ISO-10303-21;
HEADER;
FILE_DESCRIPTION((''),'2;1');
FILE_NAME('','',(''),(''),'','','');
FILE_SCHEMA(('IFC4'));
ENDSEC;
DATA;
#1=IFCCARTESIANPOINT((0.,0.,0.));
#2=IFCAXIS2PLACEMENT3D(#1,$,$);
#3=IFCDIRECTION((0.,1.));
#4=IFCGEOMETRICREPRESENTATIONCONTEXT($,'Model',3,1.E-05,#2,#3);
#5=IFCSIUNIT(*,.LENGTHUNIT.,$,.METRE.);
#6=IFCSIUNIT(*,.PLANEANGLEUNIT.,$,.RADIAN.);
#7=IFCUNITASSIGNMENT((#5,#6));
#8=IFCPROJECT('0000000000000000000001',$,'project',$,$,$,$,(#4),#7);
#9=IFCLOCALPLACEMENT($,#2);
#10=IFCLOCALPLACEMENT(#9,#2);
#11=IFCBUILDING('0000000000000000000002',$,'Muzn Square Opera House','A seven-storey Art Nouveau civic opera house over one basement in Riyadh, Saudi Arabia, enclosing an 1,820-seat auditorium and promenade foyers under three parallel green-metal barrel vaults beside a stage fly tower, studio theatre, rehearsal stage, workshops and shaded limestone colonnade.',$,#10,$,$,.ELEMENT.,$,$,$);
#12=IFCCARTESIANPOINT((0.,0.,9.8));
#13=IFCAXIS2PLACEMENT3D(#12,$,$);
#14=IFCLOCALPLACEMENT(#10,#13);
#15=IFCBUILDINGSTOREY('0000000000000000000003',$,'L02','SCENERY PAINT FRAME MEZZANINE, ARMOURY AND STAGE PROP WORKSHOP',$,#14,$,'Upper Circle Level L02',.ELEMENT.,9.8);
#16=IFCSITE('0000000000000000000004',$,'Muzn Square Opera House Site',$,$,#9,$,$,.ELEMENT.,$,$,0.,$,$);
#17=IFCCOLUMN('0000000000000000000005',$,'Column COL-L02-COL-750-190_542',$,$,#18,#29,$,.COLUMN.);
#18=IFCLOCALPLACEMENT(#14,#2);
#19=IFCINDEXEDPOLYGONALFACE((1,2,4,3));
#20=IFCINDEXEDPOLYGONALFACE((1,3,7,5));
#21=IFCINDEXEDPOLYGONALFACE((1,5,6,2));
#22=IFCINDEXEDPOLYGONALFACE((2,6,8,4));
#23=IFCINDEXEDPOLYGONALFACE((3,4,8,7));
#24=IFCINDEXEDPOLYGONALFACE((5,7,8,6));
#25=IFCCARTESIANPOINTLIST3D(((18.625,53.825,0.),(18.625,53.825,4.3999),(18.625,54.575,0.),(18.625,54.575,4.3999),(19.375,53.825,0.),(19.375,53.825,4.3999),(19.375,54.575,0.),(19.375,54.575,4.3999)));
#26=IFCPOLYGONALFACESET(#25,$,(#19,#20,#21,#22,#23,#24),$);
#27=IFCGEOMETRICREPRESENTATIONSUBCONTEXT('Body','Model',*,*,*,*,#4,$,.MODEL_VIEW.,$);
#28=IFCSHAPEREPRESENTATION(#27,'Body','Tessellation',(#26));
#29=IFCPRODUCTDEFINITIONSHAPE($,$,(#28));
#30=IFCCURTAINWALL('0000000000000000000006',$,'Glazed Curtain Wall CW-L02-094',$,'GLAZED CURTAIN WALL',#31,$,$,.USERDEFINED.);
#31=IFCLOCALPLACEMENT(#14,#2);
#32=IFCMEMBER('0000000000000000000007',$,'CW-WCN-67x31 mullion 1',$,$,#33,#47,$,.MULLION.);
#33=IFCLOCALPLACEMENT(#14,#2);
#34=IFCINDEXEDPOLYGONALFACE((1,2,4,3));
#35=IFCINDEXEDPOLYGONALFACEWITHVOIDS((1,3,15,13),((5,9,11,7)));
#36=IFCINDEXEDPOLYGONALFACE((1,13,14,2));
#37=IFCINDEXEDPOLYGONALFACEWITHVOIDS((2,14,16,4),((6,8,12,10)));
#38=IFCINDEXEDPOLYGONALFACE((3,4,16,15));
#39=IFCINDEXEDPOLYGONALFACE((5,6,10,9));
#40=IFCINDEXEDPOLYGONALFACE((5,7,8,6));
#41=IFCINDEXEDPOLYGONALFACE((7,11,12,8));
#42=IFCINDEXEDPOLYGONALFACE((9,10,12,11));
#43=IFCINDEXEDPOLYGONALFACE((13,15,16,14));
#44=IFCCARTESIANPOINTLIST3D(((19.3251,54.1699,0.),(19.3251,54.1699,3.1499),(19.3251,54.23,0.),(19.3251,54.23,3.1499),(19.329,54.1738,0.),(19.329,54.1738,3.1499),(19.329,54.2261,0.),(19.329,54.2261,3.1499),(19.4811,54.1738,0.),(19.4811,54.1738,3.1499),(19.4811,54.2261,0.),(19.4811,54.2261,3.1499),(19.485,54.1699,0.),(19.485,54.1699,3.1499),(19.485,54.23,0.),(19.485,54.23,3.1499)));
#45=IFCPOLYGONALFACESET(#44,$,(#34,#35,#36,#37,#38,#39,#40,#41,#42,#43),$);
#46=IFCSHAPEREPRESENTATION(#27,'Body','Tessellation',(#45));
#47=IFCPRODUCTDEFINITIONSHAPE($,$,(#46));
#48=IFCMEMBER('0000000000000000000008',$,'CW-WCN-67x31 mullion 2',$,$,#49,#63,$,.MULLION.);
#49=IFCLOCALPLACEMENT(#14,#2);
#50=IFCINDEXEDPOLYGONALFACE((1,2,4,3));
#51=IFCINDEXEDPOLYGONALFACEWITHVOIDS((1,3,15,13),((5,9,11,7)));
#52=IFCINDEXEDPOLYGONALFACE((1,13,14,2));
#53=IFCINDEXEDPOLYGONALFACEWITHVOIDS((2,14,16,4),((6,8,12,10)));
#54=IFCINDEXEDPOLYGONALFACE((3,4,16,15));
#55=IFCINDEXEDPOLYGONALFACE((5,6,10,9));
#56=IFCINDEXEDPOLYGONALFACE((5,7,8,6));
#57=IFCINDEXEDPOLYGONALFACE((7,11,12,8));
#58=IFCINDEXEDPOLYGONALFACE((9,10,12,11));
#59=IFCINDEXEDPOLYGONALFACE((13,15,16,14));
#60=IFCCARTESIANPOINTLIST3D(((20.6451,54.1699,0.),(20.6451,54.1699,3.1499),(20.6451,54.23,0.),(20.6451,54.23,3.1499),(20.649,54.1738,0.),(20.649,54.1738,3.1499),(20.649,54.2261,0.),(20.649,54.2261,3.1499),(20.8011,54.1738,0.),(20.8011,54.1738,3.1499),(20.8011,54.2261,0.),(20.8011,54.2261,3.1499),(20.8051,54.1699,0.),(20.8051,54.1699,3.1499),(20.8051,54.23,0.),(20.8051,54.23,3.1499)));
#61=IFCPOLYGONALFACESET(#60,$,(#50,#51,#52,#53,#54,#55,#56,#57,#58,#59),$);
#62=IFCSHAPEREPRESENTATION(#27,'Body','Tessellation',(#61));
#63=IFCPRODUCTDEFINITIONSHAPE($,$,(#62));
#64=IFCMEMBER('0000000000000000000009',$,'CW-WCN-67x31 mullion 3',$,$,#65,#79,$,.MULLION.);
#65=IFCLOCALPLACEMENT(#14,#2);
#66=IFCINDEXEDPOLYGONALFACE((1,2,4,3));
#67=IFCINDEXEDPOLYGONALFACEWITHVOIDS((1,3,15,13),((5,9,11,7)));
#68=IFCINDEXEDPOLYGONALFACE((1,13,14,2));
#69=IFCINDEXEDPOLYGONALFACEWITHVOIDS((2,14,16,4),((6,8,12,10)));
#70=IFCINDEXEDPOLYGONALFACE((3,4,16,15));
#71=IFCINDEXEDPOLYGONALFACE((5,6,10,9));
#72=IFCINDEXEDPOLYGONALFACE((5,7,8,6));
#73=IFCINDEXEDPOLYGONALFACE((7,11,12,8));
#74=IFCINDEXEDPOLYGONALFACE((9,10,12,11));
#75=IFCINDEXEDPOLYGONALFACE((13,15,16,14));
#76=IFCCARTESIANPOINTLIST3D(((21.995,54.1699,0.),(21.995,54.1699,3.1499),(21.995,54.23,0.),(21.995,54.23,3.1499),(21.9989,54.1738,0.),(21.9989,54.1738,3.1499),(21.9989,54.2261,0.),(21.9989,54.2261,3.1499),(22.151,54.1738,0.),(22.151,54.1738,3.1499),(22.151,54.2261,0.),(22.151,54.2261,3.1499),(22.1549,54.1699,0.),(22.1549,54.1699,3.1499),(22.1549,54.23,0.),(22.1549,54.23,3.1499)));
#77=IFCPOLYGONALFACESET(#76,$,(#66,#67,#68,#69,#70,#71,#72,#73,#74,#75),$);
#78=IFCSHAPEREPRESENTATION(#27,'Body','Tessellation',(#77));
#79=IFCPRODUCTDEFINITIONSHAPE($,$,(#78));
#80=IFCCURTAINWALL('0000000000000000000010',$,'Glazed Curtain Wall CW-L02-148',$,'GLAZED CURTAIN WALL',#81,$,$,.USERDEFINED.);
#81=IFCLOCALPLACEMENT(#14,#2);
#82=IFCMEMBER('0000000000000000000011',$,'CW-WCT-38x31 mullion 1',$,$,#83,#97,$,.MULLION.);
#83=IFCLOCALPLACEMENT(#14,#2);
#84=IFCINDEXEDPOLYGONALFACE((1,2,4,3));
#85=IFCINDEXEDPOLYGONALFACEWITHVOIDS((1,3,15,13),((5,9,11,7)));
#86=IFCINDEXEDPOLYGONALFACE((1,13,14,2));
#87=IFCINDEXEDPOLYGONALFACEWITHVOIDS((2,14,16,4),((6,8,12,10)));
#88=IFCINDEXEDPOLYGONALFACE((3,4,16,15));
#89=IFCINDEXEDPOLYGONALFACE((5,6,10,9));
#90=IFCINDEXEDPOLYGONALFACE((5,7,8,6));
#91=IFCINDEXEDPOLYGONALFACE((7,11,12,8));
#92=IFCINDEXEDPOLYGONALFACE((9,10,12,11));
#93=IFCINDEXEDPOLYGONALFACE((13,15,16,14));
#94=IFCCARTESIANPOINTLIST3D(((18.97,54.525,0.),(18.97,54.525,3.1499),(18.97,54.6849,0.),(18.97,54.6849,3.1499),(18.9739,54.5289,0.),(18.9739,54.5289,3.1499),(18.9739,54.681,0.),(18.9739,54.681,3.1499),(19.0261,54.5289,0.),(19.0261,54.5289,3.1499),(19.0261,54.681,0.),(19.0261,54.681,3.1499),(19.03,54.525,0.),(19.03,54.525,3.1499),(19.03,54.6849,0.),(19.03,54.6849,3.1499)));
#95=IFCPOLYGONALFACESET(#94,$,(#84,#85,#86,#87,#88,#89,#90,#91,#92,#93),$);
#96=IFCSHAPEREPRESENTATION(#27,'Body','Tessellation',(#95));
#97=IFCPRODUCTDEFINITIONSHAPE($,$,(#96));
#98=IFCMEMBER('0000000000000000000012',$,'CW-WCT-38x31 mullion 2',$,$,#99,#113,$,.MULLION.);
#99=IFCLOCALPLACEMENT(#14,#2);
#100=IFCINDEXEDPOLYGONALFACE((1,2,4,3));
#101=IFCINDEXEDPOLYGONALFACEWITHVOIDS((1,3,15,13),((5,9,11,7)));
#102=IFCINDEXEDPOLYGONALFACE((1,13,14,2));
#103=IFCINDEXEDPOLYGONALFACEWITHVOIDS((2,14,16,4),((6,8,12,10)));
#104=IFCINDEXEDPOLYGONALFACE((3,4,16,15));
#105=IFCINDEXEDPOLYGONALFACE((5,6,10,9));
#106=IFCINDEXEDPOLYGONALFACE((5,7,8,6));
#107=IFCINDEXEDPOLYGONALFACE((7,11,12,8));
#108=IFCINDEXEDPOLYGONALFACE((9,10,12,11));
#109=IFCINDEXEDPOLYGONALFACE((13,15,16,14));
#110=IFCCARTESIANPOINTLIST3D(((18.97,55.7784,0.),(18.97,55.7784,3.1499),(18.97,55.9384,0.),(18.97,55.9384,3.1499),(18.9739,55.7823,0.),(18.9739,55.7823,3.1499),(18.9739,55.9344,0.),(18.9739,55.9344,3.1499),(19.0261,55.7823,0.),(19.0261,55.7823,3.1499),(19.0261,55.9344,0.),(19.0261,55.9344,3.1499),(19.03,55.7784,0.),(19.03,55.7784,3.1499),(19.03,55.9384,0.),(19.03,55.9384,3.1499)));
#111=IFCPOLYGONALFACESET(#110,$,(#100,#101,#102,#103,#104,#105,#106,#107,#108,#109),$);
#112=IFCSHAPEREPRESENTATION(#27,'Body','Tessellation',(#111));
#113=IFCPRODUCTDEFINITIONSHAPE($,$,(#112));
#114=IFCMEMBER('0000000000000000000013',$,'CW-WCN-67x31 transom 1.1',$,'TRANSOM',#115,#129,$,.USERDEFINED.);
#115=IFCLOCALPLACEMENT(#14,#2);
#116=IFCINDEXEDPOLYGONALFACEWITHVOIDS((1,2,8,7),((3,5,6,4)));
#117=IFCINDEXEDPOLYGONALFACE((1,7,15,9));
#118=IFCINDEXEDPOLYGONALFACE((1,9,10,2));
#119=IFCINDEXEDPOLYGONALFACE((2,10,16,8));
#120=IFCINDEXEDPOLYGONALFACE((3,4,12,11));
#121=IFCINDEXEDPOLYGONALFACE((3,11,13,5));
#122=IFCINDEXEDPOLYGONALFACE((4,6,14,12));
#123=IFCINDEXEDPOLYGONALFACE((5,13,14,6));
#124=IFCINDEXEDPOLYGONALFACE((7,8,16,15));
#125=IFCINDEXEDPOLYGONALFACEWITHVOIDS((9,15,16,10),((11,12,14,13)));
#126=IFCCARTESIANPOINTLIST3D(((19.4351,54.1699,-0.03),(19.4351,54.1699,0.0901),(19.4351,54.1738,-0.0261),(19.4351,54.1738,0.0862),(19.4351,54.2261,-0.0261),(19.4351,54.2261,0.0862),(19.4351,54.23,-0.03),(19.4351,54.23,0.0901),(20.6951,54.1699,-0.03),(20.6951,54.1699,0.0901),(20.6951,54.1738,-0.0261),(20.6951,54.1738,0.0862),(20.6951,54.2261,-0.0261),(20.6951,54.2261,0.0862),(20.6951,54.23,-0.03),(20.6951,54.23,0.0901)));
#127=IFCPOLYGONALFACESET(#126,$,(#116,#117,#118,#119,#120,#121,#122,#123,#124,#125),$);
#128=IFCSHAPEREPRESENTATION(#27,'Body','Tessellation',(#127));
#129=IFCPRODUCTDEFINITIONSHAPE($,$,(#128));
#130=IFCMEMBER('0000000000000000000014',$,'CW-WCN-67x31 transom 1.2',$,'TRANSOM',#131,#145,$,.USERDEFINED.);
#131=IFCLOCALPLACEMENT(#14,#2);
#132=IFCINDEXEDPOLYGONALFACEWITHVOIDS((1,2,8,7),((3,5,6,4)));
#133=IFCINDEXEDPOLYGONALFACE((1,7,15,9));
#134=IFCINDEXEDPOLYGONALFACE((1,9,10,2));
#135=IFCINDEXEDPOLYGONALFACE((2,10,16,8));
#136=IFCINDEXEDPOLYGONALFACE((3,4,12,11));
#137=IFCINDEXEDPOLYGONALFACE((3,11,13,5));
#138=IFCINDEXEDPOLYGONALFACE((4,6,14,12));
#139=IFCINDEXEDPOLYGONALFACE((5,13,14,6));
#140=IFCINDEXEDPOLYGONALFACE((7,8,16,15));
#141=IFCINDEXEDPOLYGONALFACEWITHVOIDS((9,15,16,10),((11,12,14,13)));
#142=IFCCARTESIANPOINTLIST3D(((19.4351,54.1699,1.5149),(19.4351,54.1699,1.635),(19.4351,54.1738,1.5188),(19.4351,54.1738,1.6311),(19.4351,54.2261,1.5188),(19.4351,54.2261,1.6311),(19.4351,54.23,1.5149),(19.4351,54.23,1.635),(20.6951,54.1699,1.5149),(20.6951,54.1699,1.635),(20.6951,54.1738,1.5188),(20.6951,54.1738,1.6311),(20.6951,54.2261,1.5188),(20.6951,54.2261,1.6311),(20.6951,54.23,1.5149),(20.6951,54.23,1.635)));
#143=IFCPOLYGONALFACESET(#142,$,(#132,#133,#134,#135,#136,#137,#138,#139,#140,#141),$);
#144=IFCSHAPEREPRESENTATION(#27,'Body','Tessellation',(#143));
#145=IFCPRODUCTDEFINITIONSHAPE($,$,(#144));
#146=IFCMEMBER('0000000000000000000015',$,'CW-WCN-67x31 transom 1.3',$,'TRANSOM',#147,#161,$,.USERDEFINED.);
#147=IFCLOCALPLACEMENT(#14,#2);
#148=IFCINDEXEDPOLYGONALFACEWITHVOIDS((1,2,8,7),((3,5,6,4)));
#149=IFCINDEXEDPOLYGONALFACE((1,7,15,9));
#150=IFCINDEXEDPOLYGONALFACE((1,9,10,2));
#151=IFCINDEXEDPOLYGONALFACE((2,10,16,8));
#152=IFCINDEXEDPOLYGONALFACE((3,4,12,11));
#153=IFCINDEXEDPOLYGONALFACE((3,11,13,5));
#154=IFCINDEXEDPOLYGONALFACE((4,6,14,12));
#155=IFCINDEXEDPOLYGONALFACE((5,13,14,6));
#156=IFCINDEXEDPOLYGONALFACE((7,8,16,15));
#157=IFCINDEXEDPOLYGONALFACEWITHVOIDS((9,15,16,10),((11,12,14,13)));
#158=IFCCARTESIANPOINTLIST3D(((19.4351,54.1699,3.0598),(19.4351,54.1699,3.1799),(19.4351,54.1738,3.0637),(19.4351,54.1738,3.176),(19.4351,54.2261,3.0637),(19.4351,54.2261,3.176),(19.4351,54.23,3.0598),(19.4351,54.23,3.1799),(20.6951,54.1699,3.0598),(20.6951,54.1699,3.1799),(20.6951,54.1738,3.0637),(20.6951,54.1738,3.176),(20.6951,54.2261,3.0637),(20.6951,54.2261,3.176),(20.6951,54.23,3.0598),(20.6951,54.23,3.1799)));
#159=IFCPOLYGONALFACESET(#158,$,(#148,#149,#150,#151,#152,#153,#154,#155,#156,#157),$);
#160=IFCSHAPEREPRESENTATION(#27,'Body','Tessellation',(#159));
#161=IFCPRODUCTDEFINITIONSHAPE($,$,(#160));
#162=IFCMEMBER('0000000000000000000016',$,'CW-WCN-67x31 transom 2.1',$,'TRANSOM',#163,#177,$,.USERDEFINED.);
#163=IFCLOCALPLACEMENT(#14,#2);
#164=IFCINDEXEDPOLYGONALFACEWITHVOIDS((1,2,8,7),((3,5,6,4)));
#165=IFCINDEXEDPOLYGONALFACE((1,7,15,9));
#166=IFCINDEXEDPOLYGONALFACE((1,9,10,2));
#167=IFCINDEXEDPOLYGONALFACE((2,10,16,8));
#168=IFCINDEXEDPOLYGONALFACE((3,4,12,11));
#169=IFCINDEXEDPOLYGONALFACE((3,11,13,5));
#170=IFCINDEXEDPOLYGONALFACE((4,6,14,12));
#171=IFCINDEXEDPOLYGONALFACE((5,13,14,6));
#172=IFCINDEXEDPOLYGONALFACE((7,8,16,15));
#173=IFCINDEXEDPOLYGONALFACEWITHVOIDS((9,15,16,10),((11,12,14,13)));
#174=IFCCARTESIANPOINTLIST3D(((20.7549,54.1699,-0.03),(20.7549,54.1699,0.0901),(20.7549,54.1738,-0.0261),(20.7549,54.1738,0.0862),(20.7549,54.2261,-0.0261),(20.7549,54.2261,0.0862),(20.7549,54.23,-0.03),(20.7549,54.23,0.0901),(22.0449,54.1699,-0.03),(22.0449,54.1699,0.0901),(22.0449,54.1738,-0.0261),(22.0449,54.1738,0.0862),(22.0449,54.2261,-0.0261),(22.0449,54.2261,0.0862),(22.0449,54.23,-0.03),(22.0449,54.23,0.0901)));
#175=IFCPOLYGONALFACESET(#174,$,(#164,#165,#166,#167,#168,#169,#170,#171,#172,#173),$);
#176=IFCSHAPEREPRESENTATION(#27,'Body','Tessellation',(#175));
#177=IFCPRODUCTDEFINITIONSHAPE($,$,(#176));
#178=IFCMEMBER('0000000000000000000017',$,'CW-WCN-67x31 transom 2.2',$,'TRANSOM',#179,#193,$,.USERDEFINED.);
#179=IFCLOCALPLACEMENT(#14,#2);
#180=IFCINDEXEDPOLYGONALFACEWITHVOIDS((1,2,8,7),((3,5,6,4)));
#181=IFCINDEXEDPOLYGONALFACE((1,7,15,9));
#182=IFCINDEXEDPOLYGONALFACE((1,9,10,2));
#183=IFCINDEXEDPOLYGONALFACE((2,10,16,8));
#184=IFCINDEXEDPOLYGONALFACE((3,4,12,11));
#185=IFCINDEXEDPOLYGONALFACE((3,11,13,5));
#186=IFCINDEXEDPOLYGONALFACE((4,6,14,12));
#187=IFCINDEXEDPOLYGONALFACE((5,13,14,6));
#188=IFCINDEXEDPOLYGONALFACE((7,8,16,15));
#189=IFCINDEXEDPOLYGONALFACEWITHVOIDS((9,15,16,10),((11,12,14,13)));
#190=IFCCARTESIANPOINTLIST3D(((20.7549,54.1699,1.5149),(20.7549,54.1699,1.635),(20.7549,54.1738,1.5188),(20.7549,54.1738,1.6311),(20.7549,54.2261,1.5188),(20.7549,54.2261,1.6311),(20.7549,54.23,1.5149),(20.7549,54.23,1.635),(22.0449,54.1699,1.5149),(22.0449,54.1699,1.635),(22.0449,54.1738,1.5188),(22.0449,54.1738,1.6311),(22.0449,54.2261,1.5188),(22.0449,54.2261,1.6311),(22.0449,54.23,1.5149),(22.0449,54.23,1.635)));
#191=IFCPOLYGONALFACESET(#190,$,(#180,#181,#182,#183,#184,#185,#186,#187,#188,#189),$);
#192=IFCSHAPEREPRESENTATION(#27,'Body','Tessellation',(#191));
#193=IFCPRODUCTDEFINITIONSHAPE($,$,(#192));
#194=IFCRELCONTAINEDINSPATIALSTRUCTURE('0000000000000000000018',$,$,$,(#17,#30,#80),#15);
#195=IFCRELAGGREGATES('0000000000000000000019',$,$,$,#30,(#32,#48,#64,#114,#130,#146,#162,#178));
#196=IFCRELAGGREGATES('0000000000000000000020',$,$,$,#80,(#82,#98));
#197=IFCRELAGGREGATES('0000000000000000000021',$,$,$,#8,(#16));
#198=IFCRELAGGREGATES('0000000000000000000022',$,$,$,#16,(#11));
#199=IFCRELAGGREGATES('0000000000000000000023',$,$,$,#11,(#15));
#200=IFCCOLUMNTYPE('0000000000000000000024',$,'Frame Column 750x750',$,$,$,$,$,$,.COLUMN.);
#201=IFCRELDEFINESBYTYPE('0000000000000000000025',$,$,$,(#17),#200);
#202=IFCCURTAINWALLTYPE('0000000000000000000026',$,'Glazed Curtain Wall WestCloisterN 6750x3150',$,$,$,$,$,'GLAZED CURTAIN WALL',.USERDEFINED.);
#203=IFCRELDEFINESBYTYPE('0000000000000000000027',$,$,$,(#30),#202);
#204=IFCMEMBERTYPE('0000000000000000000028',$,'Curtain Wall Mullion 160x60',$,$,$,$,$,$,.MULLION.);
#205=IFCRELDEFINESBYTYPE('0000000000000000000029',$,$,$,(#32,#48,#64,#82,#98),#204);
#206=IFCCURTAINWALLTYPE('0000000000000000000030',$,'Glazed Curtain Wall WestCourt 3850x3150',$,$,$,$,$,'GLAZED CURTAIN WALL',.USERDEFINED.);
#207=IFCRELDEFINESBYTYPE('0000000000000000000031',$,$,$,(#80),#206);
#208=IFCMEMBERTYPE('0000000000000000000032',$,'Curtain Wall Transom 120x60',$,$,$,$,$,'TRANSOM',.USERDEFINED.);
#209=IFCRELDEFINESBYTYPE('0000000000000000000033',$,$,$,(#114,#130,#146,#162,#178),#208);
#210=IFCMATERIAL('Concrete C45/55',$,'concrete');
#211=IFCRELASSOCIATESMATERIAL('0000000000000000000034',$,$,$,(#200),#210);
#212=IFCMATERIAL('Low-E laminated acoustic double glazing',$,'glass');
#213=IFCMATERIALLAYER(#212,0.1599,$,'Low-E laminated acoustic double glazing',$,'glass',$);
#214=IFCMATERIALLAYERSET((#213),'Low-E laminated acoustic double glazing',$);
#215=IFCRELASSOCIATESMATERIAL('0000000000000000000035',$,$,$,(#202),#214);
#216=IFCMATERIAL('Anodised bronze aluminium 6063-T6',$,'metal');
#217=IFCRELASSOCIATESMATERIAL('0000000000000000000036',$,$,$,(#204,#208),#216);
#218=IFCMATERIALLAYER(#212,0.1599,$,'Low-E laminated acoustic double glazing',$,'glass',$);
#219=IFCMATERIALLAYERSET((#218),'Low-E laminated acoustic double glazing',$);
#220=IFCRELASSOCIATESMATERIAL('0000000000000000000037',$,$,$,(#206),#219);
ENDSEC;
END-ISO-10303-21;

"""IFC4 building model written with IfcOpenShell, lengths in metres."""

from ifc_helpers import new_model, si_unit, direction, frame, origin, origin_2d, place, context, subcontext, project, spatial, rectangle, hollow_rectangle, extrude, material, layer, layer_set, material_profile, profile_set, type_object, element, aggregate, save


model = new_model("IFC4")

# Units and contexts
model_context = context("Model", 3, precision=1e-05, world=origin(), true_north=direction((0.0, 1.0)))
body_context = subcontext(model_context, "Body", "Model", "MODEL_VIEW")
ifc_project = project(units=[si_unit("LENGTHUNIT", "METRE"), si_unit("PLANEANGLEUNIT", "RADIAN")], contexts=[model_context])

# Site, building, storey
site_placement = place(None, origin())
site = spatial("IfcSite", under=ifc_project, at=site_placement, Name="Muzn Square Opera House Site", CompositionType="ELEMENT", RefElevation=0.0)
building_placement = place(site_placement, origin())
building = spatial("IfcBuilding", under=site, at=building_placement, Name="Muzn Square Opera House", Description="A seven-storey Art Nouveau civic opera house over one basement in Riyadh, Saudi Arabia, enclosing an 1,820-seat auditorium and promenade foyers under three parallel green-metal barrel vaults beside a stage fly tower, studio theatre, rehearsal stage, workshops and shaded limestone colonnade.", CompositionType="ELEMENT")
storey_placement = place(building_placement, frame((0.0, 0.0, 9.8)))
storey = spatial("IfcBuildingStorey", under=building, at=storey_placement, Name="L02", Description="SCENERY PAINT FRAME MEZZANINE, ARMOURY AND STAGE PROP WORKSHOP", LongName="Upper Circle Level L02", CompositionType="ELEMENT", Elevation=9.8)

# Column
ifc_material_1 = material(Name="Concrete C45/55", Category="concrete")
ifc_material_profile_1 = material_profile(ifc_material_1, rectangle(XDim=0.75, YDim=0.75, at=origin_2d()), Name="RC 750x750", Category="concrete")
ifc_profile_set_1 = profile_set([ifc_material_profile_1], Name="Concrete C45/55")
column_type = type_object("IfcColumnType", Name="Frame Column 750x750", PredefinedType="COLUMN", material=ifc_profile_set_1)
column_placement = place(storey_placement, frame((19.0, 54.2, 0.0), z_axis=(0.0, 0.0, 1.0), x_axis=(1.0, 0.0, 0.0)))
element("IfcColumn", 1, at=column_placement, inside=storey, type_object=column_type, Name="Column COL-L02-COL-750-190_542", PredefinedType="COLUMN", context=body_context, shape_type="SweptSolid", body=[
    extrude(rectangle(XDim=0.75, YDim=0.75, at=origin_2d()), origin(), (0.0, 0.0, 1.0), 4.3999),
])

# Curtain walls, members
ifc_material_2 = material(Name="Low-E laminated acoustic double glazing", Category="glass")
ifc_layer_1 = layer(ifc_material_2, 0.1599, Name="Low-E laminated acoustic double glazing", Category="glass")
ifc_layer_set_1 = layer_set([ifc_layer_1], Name="Low-E laminated acoustic double glazing")
curtain_wall_type_1 = type_object("IfcCurtainWallType", Name="Glazed Curtain Wall WestCloisterN 6750x3150", ElementType="GLAZED CURTAIN WALL", PredefinedType="USERDEFINED", material=ifc_layer_set_1)
curtain_wall_1_placement = place(storey_placement, origin())
curtain_wall_1 = element("IfcCurtainWall", 2, at=curtain_wall_1_placement, inside=storey, type_object=curtain_wall_type_1, Name="Glazed Curtain Wall CW-L02-094", ObjectType="GLAZED CURTAIN WALL", PredefinedType="USERDEFINED")
ifc_material_3 = material(Name="Anodised bronze aluminium 6063-T6", Category="metal")
ifc_material_profile_2 = material_profile(ifc_material_3, hollow_rectangle(XDim=0.0601, YDim=0.1599, WallThickness=0.0039, at=origin_2d()), Name="ALU 160x60x4", Category="metal")
ifc_profile_set_2 = profile_set([ifc_material_profile_2], Name="Anodised bronze aluminium 6063-T6")
member_type_1 = type_object("IfcMemberType", Name="Curtain Wall Mullion 160x60", PredefinedType="MULLION", material=ifc_profile_set_2)
member_1_placement = place(storey_placement, frame((19.405, 54.2, 0.0), z_axis=(0.0, 0.0, 1.0), x_axis=(0.0, 1.0, 0.0)))
member_1 = element("IfcMember", 3, at=member_1_placement, type_object=member_type_1, Name="CW-WCN-67x31 mullion 1", PredefinedType="MULLION", context=body_context, shape_type="SweptSolid", body=[
    extrude(hollow_rectangle(XDim=0.0601, YDim=0.1599, WallThickness=0.0039, at=origin_2d()), origin(), (0.0, 0.0, 1.0), 3.1499),
])
member_2_placement = place(storey_placement, frame((20.7251, 54.2, 0.0), z_axis=(0.0, 0.0, 1.0), x_axis=(0.0, 1.0, 0.0)))
member_2 = element("IfcMember", 4, at=member_2_placement, type_object=member_type_1, Name="CW-WCN-67x31 mullion 2", PredefinedType="MULLION", context=body_context, shape_type="SweptSolid", body=[
    extrude(hollow_rectangle(XDim=0.0601, YDim=0.1599, WallThickness=0.0039, at=origin_2d()), origin(), (0.0, 0.0, 1.0), 3.1499),
])
member_3_placement = place(storey_placement, frame((22.075, 54.2, 0.0), z_axis=(0.0, 0.0, 1.0), x_axis=(0.0, 1.0, 0.0)))
member_3 = element("IfcMember", 5, at=member_3_placement, type_object=member_type_1, Name="CW-WCN-67x31 mullion 3", PredefinedType="MULLION", context=body_context, shape_type="SweptSolid", body=[
    extrude(hollow_rectangle(XDim=0.0601, YDim=0.1599, WallThickness=0.0039, at=origin_2d()), origin(), (0.0, 0.0, 1.0), 3.1499),
])
ifc_layer_2 = layer(ifc_material_2, 0.1599, Name="Low-E laminated acoustic double glazing", Category="glass")
ifc_layer_set_2 = layer_set([ifc_layer_2], Name="Low-E laminated acoustic double glazing")
curtain_wall_type_2 = type_object("IfcCurtainWallType", Name="Glazed Curtain Wall WestCourt 3850x3150", ElementType="GLAZED CURTAIN WALL", PredefinedType="USERDEFINED", material=ifc_layer_set_2)
curtain_wall_2_placement = place(storey_placement, origin())
curtain_wall_2 = element("IfcCurtainWall", 6, at=curtain_wall_2_placement, inside=storey, type_object=curtain_wall_type_2, Name="Glazed Curtain Wall CW-L02-148", ObjectType="GLAZED CURTAIN WALL", PredefinedType="USERDEFINED")
member_4_placement = place(storey_placement, frame((19.0, 54.605, 0.0), z_axis=(0.0, 0.0, 1.0), x_axis=(-1.0, 0.0, 0.0)))
member_4 = element("IfcMember", 7, at=member_4_placement, type_object=member_type_1, Name="CW-WCT-38x31 mullion 1", PredefinedType="MULLION", context=body_context, shape_type="SweptSolid", body=[
    extrude(hollow_rectangle(XDim=0.0601, YDim=0.1599, WallThickness=0.0039, at=origin_2d()), origin(), (0.0, 0.0, 1.0), 3.1499),
])
member_5_placement = place(storey_placement, frame((19.0, 55.8584, 0.0), z_axis=(0.0, 0.0, 1.0), x_axis=(-1.0, 0.0, 0.0)))
member_5 = element("IfcMember", 8, at=member_5_placement, type_object=member_type_1, Name="CW-WCT-38x31 mullion 2", PredefinedType="MULLION", context=body_context, shape_type="SweptSolid", body=[
    extrude(hollow_rectangle(XDim=0.0601, YDim=0.1599, WallThickness=0.0039, at=origin_2d()), origin(), (0.0, 0.0, 1.0), 3.1499),
])

# Members
ifc_material_profile_3 = material_profile(ifc_material_3, hollow_rectangle(XDim=0.0601, YDim=0.1201, WallThickness=0.0039, at=origin_2d()), Name="ALU 120x60x4", Category="metal")
ifc_profile_set_3 = profile_set([ifc_material_profile_3], Name="Anodised bronze aluminium 6063-T6")
member_type_2 = type_object("IfcMemberType", Name="Curtain Wall Transom 120x60", ElementType="TRANSOM", PredefinedType="USERDEFINED", material=ifc_profile_set_3)
member_6_placement = place(storey_placement, frame((19.4351, 54.2, 0.03), z_axis=(1.0, 0.0, 0.0), x_axis=(0.0, 1.0, 0.0)))
member_6 = element("IfcMember", 9, at=member_6_placement, type_object=member_type_2, Name="CW-WCN-67x31 transom 1.1", ObjectType="TRANSOM", PredefinedType="USERDEFINED", context=body_context, shape_type="SweptSolid", body=[
    extrude(hollow_rectangle(XDim=0.0601, YDim=0.1201, WallThickness=0.0039, at=origin_2d()), origin(), (0.0, 0.0, 1.0), 1.26),
])
member_7_placement = place(storey_placement, frame((19.4351, 54.2, 1.575), z_axis=(1.0, 0.0, 0.0), x_axis=(0.0, 1.0, 0.0)))
member_7 = element("IfcMember", 10, at=member_7_placement, type_object=member_type_2, Name="CW-WCN-67x31 transom 1.2", ObjectType="TRANSOM", PredefinedType="USERDEFINED", context=body_context, shape_type="SweptSolid", body=[
    extrude(hollow_rectangle(XDim=0.0601, YDim=0.1201, WallThickness=0.0039, at=origin_2d()), origin(), (0.0, 0.0, 1.0), 1.26),
])
member_8_placement = place(storey_placement, frame((19.4351, 54.2, 3.1199), z_axis=(1.0, 0.0, 0.0), x_axis=(0.0, 1.0, 0.0)))
member_8 = element("IfcMember", 11, at=member_8_placement, type_object=member_type_2, Name="CW-WCN-67x31 transom 1.3", ObjectType="TRANSOM", PredefinedType="USERDEFINED", context=body_context, shape_type="SweptSolid", body=[
    extrude(hollow_rectangle(XDim=0.0601, YDim=0.1201, WallThickness=0.0039, at=origin_2d()), origin(), (0.0, 0.0, 1.0), 1.26),
])
member_9_placement = place(storey_placement, frame((20.7549, 54.2, 0.03), z_axis=(1.0, 0.0, 0.0), x_axis=(0.0, 1.0, 0.0)))
member_9 = element("IfcMember", 12, at=member_9_placement, type_object=member_type_2, Name="CW-WCN-67x31 transom 2.1", ObjectType="TRANSOM", PredefinedType="USERDEFINED", context=body_context, shape_type="SweptSolid", body=[
    extrude(hollow_rectangle(XDim=0.0601, YDim=0.1201, WallThickness=0.0039, at=origin_2d()), origin(), (0.0, 0.0, 1.0), 1.29),
])
member_10_placement = place(storey_placement, frame((20.7549, 54.2, 1.575), z_axis=(1.0, 0.0, 0.0), x_axis=(0.0, 1.0, 0.0)))
member_10 = element("IfcMember", 13, at=member_10_placement, type_object=member_type_2, Name="CW-WCN-67x31 transom 2.2", ObjectType="TRANSOM", PredefinedType="USERDEFINED", context=body_context, shape_type="SweptSolid", body=[
    extrude(hollow_rectangle(XDim=0.0601, YDim=0.1201, WallThickness=0.0039, at=origin_2d()), origin(), (0.0, 0.0, 1.0), 1.29),
])

aggregate(curtain_wall_1, [member_1, member_2, member_3, member_6, member_7, member_8, member_9, member_10])
aggregate(curtain_wall_2, [member_4, member_5])

save(model, "model.ifc")
